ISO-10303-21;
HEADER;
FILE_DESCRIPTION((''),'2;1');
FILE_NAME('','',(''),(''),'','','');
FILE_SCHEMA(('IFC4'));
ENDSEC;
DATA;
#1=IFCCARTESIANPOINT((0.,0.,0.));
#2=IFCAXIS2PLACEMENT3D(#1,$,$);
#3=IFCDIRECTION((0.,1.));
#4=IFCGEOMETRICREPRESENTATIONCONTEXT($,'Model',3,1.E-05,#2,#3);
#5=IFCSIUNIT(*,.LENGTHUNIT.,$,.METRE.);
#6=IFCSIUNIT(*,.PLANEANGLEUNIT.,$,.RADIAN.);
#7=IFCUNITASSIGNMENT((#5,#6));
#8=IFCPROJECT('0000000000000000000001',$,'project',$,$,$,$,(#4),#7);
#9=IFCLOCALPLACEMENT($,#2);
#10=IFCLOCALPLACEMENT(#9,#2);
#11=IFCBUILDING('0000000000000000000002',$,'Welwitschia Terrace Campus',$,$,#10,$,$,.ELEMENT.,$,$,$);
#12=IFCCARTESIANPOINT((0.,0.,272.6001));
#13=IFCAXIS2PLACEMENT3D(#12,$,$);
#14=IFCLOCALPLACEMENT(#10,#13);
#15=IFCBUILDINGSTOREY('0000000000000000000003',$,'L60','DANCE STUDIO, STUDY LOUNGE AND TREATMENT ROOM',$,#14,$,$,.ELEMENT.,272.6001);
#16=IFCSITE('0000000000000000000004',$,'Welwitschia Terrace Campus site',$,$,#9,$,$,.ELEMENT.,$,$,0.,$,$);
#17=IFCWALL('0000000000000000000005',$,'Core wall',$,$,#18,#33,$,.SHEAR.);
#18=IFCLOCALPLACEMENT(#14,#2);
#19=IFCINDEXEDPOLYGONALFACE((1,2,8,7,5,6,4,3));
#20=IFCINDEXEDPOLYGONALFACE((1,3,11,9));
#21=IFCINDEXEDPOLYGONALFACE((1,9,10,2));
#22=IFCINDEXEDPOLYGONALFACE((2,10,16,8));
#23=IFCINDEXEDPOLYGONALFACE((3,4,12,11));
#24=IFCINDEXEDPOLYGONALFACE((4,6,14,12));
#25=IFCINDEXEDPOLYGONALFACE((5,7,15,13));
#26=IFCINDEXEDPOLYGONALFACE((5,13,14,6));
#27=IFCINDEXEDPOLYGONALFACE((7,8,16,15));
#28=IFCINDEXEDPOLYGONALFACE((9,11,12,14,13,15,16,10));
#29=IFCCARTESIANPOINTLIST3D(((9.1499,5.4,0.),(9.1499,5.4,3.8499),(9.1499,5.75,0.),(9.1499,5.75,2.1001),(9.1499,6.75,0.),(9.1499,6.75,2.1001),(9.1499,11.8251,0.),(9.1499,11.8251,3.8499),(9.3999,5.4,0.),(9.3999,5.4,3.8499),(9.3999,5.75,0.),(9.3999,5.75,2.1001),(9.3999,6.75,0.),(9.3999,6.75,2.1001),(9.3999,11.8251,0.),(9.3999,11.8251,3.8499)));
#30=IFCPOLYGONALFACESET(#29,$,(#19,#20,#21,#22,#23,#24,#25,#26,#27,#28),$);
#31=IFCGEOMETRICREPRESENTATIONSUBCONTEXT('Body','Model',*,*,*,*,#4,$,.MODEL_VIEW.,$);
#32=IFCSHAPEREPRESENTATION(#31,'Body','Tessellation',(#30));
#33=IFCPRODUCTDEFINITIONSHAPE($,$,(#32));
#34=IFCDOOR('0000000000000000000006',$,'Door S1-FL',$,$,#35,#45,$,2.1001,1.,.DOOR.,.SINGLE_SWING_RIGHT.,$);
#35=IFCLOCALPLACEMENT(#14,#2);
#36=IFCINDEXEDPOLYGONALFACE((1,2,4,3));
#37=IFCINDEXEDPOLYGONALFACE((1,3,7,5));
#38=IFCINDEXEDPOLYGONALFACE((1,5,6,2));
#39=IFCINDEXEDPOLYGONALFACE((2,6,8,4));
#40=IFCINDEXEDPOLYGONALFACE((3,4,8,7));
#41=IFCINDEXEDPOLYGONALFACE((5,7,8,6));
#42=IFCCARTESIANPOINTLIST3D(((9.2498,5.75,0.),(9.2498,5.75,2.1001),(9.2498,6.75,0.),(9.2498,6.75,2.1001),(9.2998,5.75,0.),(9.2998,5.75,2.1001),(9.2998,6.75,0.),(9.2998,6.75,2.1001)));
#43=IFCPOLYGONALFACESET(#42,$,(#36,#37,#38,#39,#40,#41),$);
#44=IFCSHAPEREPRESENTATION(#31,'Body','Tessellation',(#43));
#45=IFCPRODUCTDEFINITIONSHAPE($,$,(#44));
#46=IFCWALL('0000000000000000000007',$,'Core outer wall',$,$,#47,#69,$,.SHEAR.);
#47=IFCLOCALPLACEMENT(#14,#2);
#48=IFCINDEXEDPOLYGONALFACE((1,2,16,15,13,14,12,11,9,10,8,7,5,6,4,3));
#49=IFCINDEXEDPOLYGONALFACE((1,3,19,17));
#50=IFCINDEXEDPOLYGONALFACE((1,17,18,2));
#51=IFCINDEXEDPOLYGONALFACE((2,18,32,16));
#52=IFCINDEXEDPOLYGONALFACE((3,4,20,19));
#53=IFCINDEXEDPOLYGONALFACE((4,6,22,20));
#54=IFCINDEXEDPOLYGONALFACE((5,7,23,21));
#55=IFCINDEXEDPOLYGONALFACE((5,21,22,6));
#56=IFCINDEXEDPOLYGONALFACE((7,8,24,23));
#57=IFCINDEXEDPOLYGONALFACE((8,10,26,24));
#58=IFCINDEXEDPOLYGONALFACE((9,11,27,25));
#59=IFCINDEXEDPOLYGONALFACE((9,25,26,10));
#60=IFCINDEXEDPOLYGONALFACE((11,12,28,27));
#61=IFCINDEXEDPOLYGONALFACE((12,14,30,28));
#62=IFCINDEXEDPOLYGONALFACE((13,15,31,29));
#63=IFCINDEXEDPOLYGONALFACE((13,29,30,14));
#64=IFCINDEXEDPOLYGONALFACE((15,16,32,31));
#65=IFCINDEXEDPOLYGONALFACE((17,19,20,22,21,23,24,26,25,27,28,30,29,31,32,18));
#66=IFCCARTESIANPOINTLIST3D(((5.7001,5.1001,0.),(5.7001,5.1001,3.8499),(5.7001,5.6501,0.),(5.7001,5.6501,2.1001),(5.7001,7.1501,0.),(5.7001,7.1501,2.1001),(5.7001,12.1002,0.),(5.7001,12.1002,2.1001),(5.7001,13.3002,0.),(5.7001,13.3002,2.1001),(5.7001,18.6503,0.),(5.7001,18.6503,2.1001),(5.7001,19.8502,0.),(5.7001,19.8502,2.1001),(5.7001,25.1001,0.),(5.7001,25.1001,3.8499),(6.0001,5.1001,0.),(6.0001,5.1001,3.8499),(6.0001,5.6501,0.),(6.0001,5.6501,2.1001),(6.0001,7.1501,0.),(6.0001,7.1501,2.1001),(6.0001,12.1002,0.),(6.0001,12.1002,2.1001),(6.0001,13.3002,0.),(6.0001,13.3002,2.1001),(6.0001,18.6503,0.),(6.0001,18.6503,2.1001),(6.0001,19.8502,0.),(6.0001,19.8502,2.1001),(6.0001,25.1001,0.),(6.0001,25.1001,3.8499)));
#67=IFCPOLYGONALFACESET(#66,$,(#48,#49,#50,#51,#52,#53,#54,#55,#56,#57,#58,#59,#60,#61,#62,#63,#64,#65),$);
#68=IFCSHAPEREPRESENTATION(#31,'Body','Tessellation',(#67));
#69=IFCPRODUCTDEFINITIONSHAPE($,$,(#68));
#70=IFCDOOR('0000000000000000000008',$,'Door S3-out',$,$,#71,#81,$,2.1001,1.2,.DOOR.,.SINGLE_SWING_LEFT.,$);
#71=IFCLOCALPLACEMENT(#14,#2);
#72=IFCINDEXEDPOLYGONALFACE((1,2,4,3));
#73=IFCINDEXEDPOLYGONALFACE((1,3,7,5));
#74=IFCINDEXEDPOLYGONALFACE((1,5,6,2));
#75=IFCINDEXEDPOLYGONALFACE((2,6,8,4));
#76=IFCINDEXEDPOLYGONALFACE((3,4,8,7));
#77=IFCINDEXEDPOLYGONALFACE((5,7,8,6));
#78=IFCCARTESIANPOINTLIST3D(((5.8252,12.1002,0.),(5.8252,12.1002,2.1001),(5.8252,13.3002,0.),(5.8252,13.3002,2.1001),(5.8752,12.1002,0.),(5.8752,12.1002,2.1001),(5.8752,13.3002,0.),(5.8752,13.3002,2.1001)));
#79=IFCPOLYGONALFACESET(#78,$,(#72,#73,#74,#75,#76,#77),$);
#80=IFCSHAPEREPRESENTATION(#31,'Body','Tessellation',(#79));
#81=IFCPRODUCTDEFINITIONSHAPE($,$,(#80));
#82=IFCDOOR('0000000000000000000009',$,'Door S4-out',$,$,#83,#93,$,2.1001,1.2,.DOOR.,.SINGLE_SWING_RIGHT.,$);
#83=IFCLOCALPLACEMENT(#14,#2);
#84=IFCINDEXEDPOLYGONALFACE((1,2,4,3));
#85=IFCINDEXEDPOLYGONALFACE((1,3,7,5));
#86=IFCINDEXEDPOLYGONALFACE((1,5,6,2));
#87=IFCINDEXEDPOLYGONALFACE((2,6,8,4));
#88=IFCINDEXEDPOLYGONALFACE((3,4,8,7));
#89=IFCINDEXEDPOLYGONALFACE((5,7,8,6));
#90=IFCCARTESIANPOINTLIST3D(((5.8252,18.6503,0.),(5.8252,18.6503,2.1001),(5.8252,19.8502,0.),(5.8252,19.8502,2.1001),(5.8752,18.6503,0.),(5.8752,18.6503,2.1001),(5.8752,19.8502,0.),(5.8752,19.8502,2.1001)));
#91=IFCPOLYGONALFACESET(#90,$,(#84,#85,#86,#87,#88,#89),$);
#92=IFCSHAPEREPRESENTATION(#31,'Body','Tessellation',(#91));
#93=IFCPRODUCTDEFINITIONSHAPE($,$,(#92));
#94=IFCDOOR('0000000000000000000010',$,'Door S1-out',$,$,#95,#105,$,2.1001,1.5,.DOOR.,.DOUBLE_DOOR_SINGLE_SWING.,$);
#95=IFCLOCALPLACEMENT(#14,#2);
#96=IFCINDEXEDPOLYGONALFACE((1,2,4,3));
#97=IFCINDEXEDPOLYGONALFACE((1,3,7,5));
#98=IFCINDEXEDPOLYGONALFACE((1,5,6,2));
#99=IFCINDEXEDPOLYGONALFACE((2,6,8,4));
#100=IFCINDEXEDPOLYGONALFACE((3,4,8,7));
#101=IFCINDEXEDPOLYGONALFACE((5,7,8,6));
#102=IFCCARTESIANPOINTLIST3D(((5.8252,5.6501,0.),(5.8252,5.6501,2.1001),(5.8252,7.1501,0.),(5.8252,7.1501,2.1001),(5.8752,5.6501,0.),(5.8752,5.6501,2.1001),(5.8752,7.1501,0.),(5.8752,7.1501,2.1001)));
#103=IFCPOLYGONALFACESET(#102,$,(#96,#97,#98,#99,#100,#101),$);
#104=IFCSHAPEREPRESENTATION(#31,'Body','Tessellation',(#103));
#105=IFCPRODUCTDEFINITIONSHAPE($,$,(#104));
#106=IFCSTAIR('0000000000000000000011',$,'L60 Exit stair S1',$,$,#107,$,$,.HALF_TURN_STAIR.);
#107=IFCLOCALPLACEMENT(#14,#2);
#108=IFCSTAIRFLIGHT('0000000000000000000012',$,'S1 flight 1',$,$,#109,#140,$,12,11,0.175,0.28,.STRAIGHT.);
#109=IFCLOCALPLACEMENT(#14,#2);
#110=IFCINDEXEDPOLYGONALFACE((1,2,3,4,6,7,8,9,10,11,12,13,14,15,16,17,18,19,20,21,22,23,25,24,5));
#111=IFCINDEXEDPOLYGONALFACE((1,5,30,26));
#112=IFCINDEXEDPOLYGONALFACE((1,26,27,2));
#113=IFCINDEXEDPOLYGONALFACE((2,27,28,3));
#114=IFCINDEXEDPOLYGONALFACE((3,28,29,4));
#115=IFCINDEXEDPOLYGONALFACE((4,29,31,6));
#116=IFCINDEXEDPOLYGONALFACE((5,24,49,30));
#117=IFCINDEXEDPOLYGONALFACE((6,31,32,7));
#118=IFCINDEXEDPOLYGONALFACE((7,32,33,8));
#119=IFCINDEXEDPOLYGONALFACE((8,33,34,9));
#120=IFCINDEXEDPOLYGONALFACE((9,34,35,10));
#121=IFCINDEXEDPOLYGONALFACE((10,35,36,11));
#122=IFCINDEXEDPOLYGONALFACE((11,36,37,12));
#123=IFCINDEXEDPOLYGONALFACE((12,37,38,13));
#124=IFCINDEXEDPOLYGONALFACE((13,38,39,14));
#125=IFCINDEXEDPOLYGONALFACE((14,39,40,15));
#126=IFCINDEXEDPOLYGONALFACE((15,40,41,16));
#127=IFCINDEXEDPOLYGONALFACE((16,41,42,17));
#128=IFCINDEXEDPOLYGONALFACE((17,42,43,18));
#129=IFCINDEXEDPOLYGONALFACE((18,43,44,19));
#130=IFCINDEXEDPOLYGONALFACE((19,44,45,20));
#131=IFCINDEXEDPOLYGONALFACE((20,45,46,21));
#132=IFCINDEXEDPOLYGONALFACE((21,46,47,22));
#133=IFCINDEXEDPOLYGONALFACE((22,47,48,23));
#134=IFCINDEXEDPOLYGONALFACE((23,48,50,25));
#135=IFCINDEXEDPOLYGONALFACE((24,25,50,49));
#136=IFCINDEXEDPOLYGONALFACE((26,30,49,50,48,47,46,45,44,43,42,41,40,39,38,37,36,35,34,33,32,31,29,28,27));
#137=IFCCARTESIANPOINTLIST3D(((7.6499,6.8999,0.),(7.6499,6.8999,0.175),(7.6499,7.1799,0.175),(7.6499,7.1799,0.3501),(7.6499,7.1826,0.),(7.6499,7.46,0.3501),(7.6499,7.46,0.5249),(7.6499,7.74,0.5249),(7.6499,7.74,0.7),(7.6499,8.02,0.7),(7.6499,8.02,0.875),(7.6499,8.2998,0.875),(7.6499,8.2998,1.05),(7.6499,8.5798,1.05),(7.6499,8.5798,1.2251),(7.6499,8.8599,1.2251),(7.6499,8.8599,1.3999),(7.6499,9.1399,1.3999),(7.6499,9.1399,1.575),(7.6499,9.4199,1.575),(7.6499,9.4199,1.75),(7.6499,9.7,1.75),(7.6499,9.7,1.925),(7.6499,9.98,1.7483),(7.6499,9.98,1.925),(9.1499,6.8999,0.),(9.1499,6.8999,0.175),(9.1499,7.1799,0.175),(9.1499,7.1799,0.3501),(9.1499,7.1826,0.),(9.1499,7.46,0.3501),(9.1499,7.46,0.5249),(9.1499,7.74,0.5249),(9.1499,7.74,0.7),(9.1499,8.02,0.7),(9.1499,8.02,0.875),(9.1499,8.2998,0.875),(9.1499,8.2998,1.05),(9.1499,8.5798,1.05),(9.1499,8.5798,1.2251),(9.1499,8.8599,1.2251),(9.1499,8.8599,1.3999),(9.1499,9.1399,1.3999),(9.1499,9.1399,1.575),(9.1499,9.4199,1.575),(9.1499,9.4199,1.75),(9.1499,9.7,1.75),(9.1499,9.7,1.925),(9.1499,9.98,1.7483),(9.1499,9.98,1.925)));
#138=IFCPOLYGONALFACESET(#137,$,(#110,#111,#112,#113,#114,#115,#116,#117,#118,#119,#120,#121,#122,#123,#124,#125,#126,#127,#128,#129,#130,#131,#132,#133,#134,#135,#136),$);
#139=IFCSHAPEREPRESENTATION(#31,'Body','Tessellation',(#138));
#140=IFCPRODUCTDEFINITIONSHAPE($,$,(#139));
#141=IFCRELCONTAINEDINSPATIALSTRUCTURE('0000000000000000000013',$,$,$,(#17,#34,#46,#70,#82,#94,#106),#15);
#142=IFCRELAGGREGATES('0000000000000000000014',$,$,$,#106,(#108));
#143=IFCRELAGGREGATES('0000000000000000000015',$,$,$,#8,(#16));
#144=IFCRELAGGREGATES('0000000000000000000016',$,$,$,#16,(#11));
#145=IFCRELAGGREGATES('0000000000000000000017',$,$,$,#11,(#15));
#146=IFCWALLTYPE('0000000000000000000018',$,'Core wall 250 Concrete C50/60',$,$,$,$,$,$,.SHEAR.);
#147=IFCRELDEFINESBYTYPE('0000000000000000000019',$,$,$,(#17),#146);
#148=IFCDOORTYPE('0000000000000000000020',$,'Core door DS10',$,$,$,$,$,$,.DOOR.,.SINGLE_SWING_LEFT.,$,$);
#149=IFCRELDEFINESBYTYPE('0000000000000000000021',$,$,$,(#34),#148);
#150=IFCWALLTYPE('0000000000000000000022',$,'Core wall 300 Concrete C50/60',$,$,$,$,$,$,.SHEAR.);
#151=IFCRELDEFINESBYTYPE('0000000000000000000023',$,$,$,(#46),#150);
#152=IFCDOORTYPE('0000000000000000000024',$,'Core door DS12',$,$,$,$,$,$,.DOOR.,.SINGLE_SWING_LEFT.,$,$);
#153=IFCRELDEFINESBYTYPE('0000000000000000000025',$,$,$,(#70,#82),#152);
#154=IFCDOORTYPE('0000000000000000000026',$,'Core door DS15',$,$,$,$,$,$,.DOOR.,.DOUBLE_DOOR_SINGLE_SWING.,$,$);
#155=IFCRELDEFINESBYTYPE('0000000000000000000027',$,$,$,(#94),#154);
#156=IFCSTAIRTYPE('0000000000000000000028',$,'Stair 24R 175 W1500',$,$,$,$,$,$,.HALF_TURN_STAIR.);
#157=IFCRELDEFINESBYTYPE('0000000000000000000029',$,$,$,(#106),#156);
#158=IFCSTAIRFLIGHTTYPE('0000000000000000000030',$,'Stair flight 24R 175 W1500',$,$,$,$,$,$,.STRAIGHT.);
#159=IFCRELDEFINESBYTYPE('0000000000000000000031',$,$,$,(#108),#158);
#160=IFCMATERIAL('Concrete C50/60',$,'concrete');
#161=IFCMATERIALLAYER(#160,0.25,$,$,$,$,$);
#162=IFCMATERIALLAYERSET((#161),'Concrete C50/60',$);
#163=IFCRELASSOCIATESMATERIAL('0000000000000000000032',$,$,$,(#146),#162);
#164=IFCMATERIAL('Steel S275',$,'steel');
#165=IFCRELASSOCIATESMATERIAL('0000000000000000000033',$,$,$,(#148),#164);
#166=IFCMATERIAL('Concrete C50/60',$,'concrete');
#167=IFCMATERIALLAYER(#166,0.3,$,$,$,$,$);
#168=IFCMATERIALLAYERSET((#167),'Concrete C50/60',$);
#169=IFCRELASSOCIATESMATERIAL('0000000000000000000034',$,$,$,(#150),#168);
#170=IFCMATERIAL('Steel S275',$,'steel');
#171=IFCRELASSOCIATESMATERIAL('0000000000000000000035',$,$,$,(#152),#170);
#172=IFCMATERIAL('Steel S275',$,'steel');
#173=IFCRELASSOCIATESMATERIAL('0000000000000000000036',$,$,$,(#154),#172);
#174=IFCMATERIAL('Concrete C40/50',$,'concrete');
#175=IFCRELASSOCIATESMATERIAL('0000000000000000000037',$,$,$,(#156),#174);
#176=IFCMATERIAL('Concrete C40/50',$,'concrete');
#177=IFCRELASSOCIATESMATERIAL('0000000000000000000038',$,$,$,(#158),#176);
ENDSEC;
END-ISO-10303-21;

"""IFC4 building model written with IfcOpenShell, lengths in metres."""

from ifc_helpers import new_model, si_unit, direction, frame, frame_2d, origin, place, context, subcontext, project, spatial, polyline, rectangle, outline, extrude, material, layer, layer_set, type_object, element, fill, aggregate, save


model = new_model("IFC4")

# Units and contexts
model_context = context("Model", 3, precision=1e-05, world=origin(), true_north=direction((0.0, 1.0)))
body_context = subcontext(model_context, "Body", "Model", "MODEL_VIEW")
ifc_project = project(units=[si_unit("LENGTHUNIT", "METRE"), si_unit("PLANEANGLEUNIT", "RADIAN")], contexts=[model_context])

# Site, building, storey
site_placement = place(None, origin())
site = spatial("IfcSite", under=ifc_project, at=site_placement, Name="Welwitschia Terrace Campus site", CompositionType="ELEMENT", RefElevation=0.0)
building_placement = place(site_placement, origin())
building = spatial("IfcBuilding", under=site, at=building_placement, Name="Welwitschia Terrace Campus", CompositionType="ELEMENT")
storey_placement = place(building_placement, frame((0.0, 0.0, 272.6001)))
storey = spatial("IfcBuildingStorey", under=building, at=storey_placement, Name="L60", Description="DANCE STUDIO, STUDY LOUNGE AND TREATMENT ROOM", CompositionType="ELEMENT", Elevation=272.6001)

# Shared definitions
ifc_material_1 = material(Name="Concrete C50/60", Category="concrete")
ifc_layer_1 = layer(ifc_material_1, 0.25)
ifc_layer_set_1 = layer_set([ifc_layer_1], Name="Concrete C50/60")
wall_type_1 = type_object("IfcWallType", Name="Core wall 250 Concrete C50/60", PredefinedType="SHEAR", material=ifc_layer_set_1)

# Wall, opening, door
wall_1_placement = place(storey_placement, frame((9.2749, 11.825, 0.0), z_axis=(0.0, 0.0, 1.0), x_axis=(0.0, -1.0, 0.0)))
wall_1 = element("IfcWall", 1, at=wall_1_placement, inside=storey, type_object=wall_type_1, Name="Core wall", PredefinedType="SHEAR", context=body_context, shape_type="SweptSolid", body=[
    extrude(rectangle(XDim=6.425, YDim=0.25, at=frame_2d((3.2124, 0.0))), origin(), (0.0, 0.0, 1.0), 3.8499),
])
opening_1_placement = place(wall_1_placement, frame((5.075, 0.0, 0.0)))
opening_1 = element("IfcOpeningElement", 2, at=opening_1_placement, cuts=wall_1, PredefinedType="OPENING", context=body_context, shape_type="SweptSolid", body=[
    extrude(rectangle(XDim=1.0, YDim=2.1001, at=frame_2d((0.5, 1.05))), frame((0.0, 0.135, 0.0), z_axis=(0.0, -1.0, 0.0), x_axis=(1.0, 0.0, 0.0)), (0.0, 0.0, 1.0), 0.27),
])
ifc_material_2 = material(Name="Steel S275", Category="steel")
door_type_1 = type_object("IfcDoorType", Name="Core door DS10", OperationType="SINGLE_SWING_LEFT", PredefinedType="DOOR", material=ifc_material_2)
door_1_placement = place(opening_1_placement, origin())
door_1 = element("IfcDoor", 3, at=door_1_placement, inside=storey, type_object=door_type_1, Name="Door S1-FL", OperationType="SINGLE_SWING_RIGHT", OverallHeight=2.1001, OverallWidth=1.0, PredefinedType="DOOR", context=body_context, shape_type="SweptSolid", body=[
    extrude(rectangle(XDim=1.0, YDim=2.1001, at=frame_2d((0.5, 1.05))), frame((0.0, 0.0249, 0.0), z_axis=(0.0, -1.0, 0.0), x_axis=(1.0, 0.0, 0.0)), (0.0, 0.0, 1.0), 0.05),
])
fill(opening_1, door_1)

# Wall, openings, doors
ifc_material_3 = material(Name="Concrete C50/60", Category="concrete")
ifc_layer_2 = layer(ifc_material_3, 0.3)
ifc_layer_set_2 = layer_set([ifc_layer_2], Name="Concrete C50/60")
wall_type_2 = type_object("IfcWallType", Name="Core wall 300 Concrete C50/60", PredefinedType="SHEAR", material=ifc_layer_set_2)
wall_2_placement = place(storey_placement, frame((5.8501, 5.1001, 0.0), z_axis=(0.0, 0.0, 1.0), x_axis=(0.0, 1.0, 0.0)))
wall_2 = element("IfcWall", 4, at=wall_2_placement, inside=storey, type_object=wall_type_2, Name="Core outer wall", PredefinedType="SHEAR", context=body_context, shape_type="SweptSolid", body=[
    extrude(rectangle(XDim=20.0, YDim=0.3, at=frame_2d((10.0, 0.0))), origin(), (0.0, 0.0, 1.0), 3.8499),
])
opening_2_placement = place(wall_2_placement, frame((0.55, 0.0, 0.0)))
opening_2 = element("IfcOpeningElement", 5, at=opening_2_placement, cuts=wall_2, PredefinedType="OPENING", context=body_context, shape_type="SweptSolid", body=[
    extrude(rectangle(XDim=1.5, YDim=2.1001, at=frame_2d((0.75, 1.05))), frame((0.0, 0.1599, 0.0), z_axis=(0.0, -1.0, 0.0), x_axis=(1.0, 0.0, 0.0)), (0.0, 0.0, 1.0), 0.3201),
])
opening_3_placement = place(wall_2_placement, frame((7.0, 0.0, 0.0)))
opening_3 = element("IfcOpeningElement", 6, at=opening_3_placement, cuts=wall_2, PredefinedType="OPENING", context=body_context, shape_type="SweptSolid", body=[
    extrude(rectangle(XDim=1.2, YDim=2.1001, at=frame_2d((0.6001, 1.05))), frame((0.0, 0.1599, 0.0), z_axis=(0.0, -1.0, 0.0), x_axis=(1.0, 0.0, 0.0)), (0.0, 0.0, 1.0), 0.3201),
])
opening_4_placement = place(wall_2_placement, frame((13.55, 0.0, 0.0)))
opening_4 = element("IfcOpeningElement", 7, at=opening_4_placement, cuts=wall_2, PredefinedType="OPENING", context=body_context, shape_type="SweptSolid", body=[
    extrude(rectangle(XDim=1.2, YDim=2.1001, at=frame_2d((0.6001, 1.05))), frame((0.0, 0.1599, 0.0), z_axis=(0.0, -1.0, 0.0), x_axis=(1.0, 0.0, 0.0)), (0.0, 0.0, 1.0), 0.3201),
])
ifc_material_4 = material(Name="Steel S275", Category="steel")
door_type_2 = type_object("IfcDoorType", Name="Core door DS12", OperationType="SINGLE_SWING_LEFT", PredefinedType="DOOR", material=ifc_material_4)
door_2_placement = place(opening_3_placement, origin())
door_2 = element("IfcDoor", 8, at=door_2_placement, inside=storey, type_object=door_type_2, Name="Door S3-out", OperationType="SINGLE_SWING_LEFT", OverallHeight=2.1001, OverallWidth=1.2, PredefinedType="DOOR", context=body_context, shape_type="SweptSolid", body=[
    extrude(rectangle(XDim=1.2, YDim=2.1001, at=frame_2d((0.6001, 1.05))), frame((0.0, 0.0249, 0.0), z_axis=(0.0, -1.0, 0.0), x_axis=(1.0, 0.0, 0.0)), (0.0, 0.0, 1.0), 0.05),
])
fill(opening_3, door_2)
door_3_placement = place(opening_4_placement, origin())
door_3 = element("IfcDoor", 9, at=door_3_placement, inside=storey, type_object=door_type_2, Name="Door S4-out", OperationType="SINGLE_SWING_RIGHT", OverallHeight=2.1001, OverallWidth=1.2, PredefinedType="DOOR", context=body_context, shape_type="SweptSolid", body=[
    extrude(rectangle(XDim=1.2, YDim=2.1001, at=frame_2d((0.6001, 1.05))), frame((0.0, 0.0249, 0.0), z_axis=(0.0, -1.0, 0.0), x_axis=(1.0, 0.0, 0.0)), (0.0, 0.0, 1.0), 0.05),
])
fill(opening_4, door_3)
ifc_material_5 = material(Name="Steel S275", Category="steel")
door_type_3 = type_object("IfcDoorType", Name="Core door DS15", OperationType="DOUBLE_DOOR_SINGLE_SWING", PredefinedType="DOOR", material=ifc_material_5)
door_4_placement = place(opening_2_placement, origin())
door_4 = element("IfcDoor", 10, at=door_4_placement, inside=storey, type_object=door_type_3, Name="Door S1-out", OperationType="DOUBLE_DOOR_SINGLE_SWING", OverallHeight=2.1001, OverallWidth=1.5, PredefinedType="DOOR", context=body_context, shape_type="SweptSolid", body=[
    extrude(rectangle(XDim=1.5, YDim=2.1001, at=frame_2d((0.75, 1.05))), frame((0.0, 0.0249, 0.0), z_axis=(0.0, -1.0, 0.0), x_axis=(1.0, 0.0, 0.0)), (0.0, 0.0, 1.0), 0.05),
])
fill(opening_2, door_4)

# Stair, stair flight
ifc_material_6 = material(Name="Concrete C40/50", Category="concrete")
stair_type = type_object("IfcStairType", Name="Stair 24R 175 W1500", PredefinedType="HALF_TURN_STAIR", material=ifc_material_6)
stair_placement = place(storey_placement, origin())
stair = element("IfcStair", 11, at=stair_placement, inside=storey, type_object=stair_type, Name="L60 Exit stair S1", PredefinedType="HALF_TURN_STAIR")
ifc_material_7 = material(Name="Concrete C40/50", Category="concrete")
stair_flight_type = type_object("IfcStairFlightType", Name="Stair flight 24R 175 W1500", PredefinedType="STRAIGHT", material=ifc_material_7)
stair_flight_1_placement = place(storey_placement, frame((8.3999, 6.8999, 0.0), z_axis=(0.0, 0.0, 1.0), x_axis=(0.0, 1.0, 0.0)))
stair_flight_1 = element("IfcStairFlight", 12, at=stair_flight_1_placement, type_object=stair_flight_type, Name="S1 flight 1", NumberOfRisers=12, NumberOfTreads=11, PredefinedType="STRAIGHT", RiserHeight=0.175, TreadLength=0.28, context=body_context, shape_type="SweptSolid", body=[
    extrude(outline(polyline([(0.0, 0.0), (0.0, 0.175), (0.28, 0.175), (0.28, 0.3501), (0.5601, 0.3501), (0.5601, 0.5249), (0.8401, 0.5249), (0.8401, 0.7), (1.1201, 0.7), (1.1201, 0.875), (1.3999, 0.875), (1.3999, 1.05), (1.6799, 1.05), (1.6799, 1.2251), (1.96, 1.2251), (1.96, 1.3999), (2.24, 1.3999), (2.24, 1.575), (2.52, 1.575), (2.52, 1.75), (2.8, 1.75), (2.8, 1.925), (3.0801, 1.925), (3.0801, 2.1001), (3.0801, 1.7483), (0.2827, 0.0), (0.0, 0.0)])), frame((0.0, 0.75, 0.0), z_axis=(0.0, -1.0, 0.0), x_axis=(1.0, 0.0, 0.0)), (0.0, 0.0, 1.0), 1.5),
])
aggregate(stair, [stair_flight_1])

save(model, "model.ifc")
